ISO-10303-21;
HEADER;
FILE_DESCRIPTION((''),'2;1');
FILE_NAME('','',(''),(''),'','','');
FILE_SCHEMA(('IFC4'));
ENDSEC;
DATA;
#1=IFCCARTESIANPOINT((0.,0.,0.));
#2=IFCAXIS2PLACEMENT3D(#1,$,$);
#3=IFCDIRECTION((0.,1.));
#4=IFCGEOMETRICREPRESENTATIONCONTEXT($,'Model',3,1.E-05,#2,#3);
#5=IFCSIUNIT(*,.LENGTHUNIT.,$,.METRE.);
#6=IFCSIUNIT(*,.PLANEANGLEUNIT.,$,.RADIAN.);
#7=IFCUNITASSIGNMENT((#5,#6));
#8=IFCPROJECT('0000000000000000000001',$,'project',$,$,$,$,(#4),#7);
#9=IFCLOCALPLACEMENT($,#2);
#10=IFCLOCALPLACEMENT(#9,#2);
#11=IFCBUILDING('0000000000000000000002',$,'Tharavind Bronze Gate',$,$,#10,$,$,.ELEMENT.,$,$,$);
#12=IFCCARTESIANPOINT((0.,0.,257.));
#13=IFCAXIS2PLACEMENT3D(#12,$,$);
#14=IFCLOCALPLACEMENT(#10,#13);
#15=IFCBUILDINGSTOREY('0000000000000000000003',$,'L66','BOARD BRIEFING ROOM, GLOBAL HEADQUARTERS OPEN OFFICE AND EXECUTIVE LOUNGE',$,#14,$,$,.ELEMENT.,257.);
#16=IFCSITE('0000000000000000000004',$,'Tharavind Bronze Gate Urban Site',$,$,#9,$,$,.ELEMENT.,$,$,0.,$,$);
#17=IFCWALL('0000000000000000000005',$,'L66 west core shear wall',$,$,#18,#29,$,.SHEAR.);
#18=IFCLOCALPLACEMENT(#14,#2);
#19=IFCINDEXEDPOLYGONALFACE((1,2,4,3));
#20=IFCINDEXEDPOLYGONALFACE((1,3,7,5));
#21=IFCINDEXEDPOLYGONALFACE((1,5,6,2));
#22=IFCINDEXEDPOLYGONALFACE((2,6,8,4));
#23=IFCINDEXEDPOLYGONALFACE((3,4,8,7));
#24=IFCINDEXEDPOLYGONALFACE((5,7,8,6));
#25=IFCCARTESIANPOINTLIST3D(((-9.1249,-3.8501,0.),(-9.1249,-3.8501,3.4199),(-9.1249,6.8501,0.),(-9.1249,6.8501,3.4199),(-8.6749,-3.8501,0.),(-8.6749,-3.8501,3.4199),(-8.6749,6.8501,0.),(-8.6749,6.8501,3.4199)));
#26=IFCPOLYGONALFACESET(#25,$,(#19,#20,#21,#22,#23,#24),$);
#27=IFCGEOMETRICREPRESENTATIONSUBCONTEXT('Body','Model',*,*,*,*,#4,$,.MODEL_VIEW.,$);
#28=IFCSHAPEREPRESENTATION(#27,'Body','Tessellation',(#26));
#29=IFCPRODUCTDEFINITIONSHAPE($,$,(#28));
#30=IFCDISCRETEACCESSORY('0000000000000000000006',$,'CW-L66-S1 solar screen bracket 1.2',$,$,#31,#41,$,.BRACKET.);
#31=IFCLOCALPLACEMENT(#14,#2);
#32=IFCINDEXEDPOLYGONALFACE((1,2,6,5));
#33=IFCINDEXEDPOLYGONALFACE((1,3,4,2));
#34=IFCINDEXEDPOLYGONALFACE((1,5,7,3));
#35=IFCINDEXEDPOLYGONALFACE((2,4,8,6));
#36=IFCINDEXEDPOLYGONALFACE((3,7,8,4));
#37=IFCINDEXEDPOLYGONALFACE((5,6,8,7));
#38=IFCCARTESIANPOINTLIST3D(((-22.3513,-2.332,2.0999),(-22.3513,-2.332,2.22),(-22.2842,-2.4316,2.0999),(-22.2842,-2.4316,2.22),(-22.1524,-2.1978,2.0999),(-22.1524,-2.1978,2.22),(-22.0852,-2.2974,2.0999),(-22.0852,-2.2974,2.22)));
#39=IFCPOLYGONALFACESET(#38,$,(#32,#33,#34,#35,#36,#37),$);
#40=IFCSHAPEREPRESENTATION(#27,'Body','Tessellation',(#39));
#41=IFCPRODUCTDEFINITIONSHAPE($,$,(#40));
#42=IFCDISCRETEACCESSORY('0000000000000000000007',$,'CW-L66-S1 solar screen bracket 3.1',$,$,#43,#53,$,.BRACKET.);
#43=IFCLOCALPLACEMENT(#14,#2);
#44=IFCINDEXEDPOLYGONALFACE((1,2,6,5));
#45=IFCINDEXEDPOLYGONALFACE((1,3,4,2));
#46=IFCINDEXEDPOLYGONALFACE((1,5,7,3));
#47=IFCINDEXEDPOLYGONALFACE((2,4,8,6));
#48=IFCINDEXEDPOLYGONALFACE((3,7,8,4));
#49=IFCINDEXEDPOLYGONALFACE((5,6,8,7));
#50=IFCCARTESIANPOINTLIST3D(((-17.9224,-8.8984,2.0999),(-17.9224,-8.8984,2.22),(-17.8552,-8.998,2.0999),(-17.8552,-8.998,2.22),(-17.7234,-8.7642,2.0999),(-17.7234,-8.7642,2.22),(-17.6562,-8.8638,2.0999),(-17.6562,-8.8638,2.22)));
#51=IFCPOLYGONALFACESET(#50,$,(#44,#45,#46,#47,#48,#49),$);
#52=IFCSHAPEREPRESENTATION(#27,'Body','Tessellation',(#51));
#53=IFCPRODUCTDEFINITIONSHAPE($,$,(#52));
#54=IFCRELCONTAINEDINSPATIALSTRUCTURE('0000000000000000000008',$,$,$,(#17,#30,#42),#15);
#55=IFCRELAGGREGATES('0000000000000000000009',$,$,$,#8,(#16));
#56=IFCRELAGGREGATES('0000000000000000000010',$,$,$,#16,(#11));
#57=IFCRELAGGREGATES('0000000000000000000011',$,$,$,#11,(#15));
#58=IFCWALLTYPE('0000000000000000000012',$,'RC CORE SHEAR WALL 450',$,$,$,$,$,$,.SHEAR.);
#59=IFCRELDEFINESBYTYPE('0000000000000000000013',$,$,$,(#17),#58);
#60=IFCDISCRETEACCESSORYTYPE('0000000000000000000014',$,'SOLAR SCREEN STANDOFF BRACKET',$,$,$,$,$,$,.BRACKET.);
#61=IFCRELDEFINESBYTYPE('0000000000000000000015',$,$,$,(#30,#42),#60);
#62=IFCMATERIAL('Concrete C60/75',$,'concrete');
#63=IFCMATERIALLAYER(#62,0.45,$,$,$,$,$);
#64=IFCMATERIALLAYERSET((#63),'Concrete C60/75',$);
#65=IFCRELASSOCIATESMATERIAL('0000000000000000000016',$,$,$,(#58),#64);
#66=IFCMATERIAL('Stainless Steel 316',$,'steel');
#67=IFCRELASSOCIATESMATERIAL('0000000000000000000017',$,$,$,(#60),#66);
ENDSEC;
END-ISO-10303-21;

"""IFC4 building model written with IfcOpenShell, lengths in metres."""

from ifc_helpers import new_model, si_unit, direction, frame, frame_2d, origin, origin_2d, place, context, subcontext, project, spatial, rectangle, extrude, material, layer, layer_set, type_object, element, save


model = new_model("IFC4")

# Units and contexts
model_context = context("Model", 3, precision=1e-05, world=origin(), true_north=direction((0.0, 1.0)))
body_context = subcontext(model_context, "Body", "Model", "MODEL_VIEW")
ifc_project = project(units=[si_unit("LENGTHUNIT", "METRE"), si_unit("PLANEANGLEUNIT", "RADIAN")], contexts=[model_context])

# Site, building, storey
site_placement = place(None, origin())
site = spatial("IfcSite", under=ifc_project, at=site_placement, Name="Tharavind Bronze Gate Urban Site", CompositionType="ELEMENT", RefElevation=0.0)
building_placement = place(site_placement, origin())
building = spatial("IfcBuilding", under=site, at=building_placement, Name="Tharavind Bronze Gate", CompositionType="ELEMENT")
storey_placement = place(building_placement, frame((0.0, 0.0, 257.0)))
storey = spatial("IfcBuildingStorey", under=building, at=storey_placement, Name="L66", Description="BOARD BRIEFING ROOM, GLOBAL HEADQUARTERS OPEN OFFICE AND EXECUTIVE LOUNGE", CompositionType="ELEMENT", Elevation=257.0)

# Wall
ifc_material_1 = material(Name="Concrete C60/75", Category="concrete")
ifc_layer_1 = layer(ifc_material_1, 0.45)
ifc_layer_set_1 = layer_set([ifc_layer_1], Name="Concrete C60/75")
wall_type_1 = type_object("IfcWallType", Name="RC CORE SHEAR WALL 450", PredefinedType="SHEAR", material=ifc_layer_set_1)
wall_1_placement = place(storey_placement, frame((-8.8999, -3.8501, 0.0), z_axis=(0.0, 0.0, 1.0), x_axis=(0.0, 1.0, 0.0)))
element("IfcWall", 1, at=wall_1_placement, inside=storey, type_object=wall_type_1, Name="L66 west core shear wall", PredefinedType="SHEAR", context=body_context, shape_type="SweptSolid", body=[
    extrude(rectangle(XDim=10.7002, YDim=0.45, at=frame_2d((5.3501, 0.0))), origin(), (0.0, 0.0, 1.0), 3.4199),
])

# Discrete accessories
ifc_material_2 = material(Name="Stainless Steel 316", Category="steel")
discrete_accessory_type = type_object("IfcDiscreteAccessoryType", Name="SOLAR SCREEN STANDOFF BRACKET", PredefinedType="BRACKET", material=ifc_material_2)
for number, where, z_axis, x_axis, name in (
    (2, (-22.2183, -2.3147, 2.0999), (0.0, 0.0, 1.0), (0.559191, -0.829039, 0.0), "CW-L66-S1 solar screen bracket 1.2"),
    (3, (-17.7893, -8.8811, 2.0999), (0.0, 0.0, 1.0), (0.559191, -0.829039, 0.0), "CW-L66-S1 solar screen bracket 3.1"),
):
    element("IfcDiscreteAccessory", number, at=place(storey_placement, frame(where, z_axis=z_axis, x_axis=x_axis)), inside=storey, type_object=discrete_accessory_type, Name=name, PredefinedType="BRACKET", context=body_context, shape_type="SweptSolid", body=[
        extrude(rectangle(XDim=0.1201, YDim=0.24, at=origin_2d()), origin(), (0.0, 0.0, 1.0), 0.1201),
    ])

save(model, "model.ifc")
